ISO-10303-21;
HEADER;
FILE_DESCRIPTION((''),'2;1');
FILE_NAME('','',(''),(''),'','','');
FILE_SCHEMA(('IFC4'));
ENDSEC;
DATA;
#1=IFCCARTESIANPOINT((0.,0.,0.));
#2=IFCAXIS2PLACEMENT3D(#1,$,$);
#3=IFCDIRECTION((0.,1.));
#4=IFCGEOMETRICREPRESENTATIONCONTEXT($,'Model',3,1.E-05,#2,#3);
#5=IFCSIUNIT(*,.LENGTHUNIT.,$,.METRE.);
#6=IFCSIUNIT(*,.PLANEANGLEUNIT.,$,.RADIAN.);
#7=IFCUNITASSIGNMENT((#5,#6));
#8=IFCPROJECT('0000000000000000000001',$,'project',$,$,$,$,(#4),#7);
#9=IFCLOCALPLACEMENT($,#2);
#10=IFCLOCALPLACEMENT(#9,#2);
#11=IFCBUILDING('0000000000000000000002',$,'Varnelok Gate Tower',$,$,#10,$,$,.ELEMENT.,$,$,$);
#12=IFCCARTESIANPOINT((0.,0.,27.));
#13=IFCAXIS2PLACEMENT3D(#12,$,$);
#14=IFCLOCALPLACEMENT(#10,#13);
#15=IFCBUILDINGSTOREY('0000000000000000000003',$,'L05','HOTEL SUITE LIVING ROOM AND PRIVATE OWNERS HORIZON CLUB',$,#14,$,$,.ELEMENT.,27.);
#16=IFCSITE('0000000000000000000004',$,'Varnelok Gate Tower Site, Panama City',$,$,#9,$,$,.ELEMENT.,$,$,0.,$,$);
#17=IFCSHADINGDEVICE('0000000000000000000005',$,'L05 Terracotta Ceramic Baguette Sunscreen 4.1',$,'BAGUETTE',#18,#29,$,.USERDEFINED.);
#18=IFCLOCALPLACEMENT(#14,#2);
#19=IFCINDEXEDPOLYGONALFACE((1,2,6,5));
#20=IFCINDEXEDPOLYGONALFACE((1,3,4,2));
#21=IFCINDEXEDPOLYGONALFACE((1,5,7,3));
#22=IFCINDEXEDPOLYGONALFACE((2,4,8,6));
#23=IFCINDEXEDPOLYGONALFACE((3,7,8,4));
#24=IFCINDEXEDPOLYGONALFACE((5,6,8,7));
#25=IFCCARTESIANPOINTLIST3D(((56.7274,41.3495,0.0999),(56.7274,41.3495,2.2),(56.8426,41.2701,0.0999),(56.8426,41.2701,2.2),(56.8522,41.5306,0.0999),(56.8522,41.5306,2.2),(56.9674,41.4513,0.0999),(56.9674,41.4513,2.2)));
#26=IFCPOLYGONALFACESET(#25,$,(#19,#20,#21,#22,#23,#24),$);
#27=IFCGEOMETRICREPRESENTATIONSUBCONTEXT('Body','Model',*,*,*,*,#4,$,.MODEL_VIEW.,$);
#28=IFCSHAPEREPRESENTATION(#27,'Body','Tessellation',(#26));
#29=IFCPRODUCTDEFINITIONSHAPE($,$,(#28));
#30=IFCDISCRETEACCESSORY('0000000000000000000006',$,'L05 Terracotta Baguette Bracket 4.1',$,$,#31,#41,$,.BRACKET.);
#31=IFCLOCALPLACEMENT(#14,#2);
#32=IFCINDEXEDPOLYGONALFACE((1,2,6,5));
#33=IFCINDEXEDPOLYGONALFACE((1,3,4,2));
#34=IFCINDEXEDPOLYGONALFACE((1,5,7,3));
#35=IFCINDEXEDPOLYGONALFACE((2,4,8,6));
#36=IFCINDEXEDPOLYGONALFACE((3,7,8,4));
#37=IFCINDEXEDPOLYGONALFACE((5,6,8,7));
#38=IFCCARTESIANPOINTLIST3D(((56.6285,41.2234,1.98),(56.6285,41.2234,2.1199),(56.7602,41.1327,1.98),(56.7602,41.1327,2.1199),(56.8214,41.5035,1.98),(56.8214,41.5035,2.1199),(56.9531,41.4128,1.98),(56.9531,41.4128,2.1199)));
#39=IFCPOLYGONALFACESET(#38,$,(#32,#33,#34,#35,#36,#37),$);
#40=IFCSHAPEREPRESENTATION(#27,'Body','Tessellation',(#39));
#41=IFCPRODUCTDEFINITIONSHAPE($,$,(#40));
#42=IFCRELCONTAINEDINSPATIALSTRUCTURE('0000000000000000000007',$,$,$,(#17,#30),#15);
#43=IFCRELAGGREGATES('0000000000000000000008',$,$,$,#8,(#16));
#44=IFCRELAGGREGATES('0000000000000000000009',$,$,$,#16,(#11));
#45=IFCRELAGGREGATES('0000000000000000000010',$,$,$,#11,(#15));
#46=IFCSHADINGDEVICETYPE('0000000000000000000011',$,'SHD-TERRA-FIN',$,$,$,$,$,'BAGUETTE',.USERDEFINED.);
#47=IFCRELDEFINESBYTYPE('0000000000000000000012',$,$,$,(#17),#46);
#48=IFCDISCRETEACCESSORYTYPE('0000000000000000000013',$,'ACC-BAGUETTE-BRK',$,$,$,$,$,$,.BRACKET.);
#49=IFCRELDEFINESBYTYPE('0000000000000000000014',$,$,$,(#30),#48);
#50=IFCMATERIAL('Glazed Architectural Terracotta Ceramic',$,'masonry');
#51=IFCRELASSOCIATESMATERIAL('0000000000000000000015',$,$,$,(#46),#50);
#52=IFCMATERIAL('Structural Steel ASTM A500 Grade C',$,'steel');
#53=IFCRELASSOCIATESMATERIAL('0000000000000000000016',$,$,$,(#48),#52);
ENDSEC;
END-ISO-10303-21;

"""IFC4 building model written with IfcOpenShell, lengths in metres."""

from ifc_helpers import new_model, si_unit, direction, frame, origin, origin_2d, place, context, subcontext, project, spatial, rectangle, extrude, source, transform, mapped, material, type_object, element, save


model = new_model("IFC4")

# Units and contexts
model_context = context("Model", 3, precision=1e-05, world=origin(), true_north=direction((0.0, 1.0)))
body_context = subcontext(model_context, "Body", "Model", "MODEL_VIEW")
ifc_project = project(units=[si_unit("LENGTHUNIT", "METRE"), si_unit("PLANEANGLEUNIT", "RADIAN")], contexts=[model_context])

# Site, building, storey
site_placement = place(None, origin())
site = spatial("IfcSite", under=ifc_project, at=site_placement, Name="Varnelok Gate Tower Site, Panama City", CompositionType="ELEMENT", RefElevation=0.0)
building_placement = place(site_placement, origin())
building = spatial("IfcBuilding", under=site, at=building_placement, Name="Varnelok Gate Tower", CompositionType="ELEMENT")
storey_placement = place(building_placement, frame((0.0, 0.0, 27.0)))
storey = spatial("IfcBuildingStorey", under=building, at=storey_placement, Name="L05", Description="HOTEL SUITE LIVING ROOM AND PRIVATE OWNERS HORIZON CLUB", CompositionType="ELEMENT", Elevation=27.0)

# Shading device
ifc_material_1 = material(Name="Glazed Architectural Terracotta Ceramic", Category="masonry")
shading_device_type = type_object("IfcShadingDeviceType", Name="SHD-TERRA-FIN", ElementType="BAGUETTE", PredefinedType="USERDEFINED", material=ifc_material_1)
shared_shape_1 = source(origin(), body_context, "Body", "SweptSolid", [
    extrude(rectangle(XDim=0.1399, YDim=0.22, at=origin_2d()), origin(), (0.0, 0.0, 1.0), 2.1001),
])
shading_device_placement = place(storey_placement, frame((56.8474, 41.4004, 0.0999), z_axis=(0.0, 0.0, 1.0), x_axis=(0.823533, -0.567269, 0.0)))
element("IfcShadingDevice", 1, at=shading_device_placement, inside=storey, type_object=shading_device_type, Name="L05 Terracotta Ceramic Baguette Sunscreen 4.1", ObjectType="BAGUETTE", PredefinedType="USERDEFINED", context=body_context, shape_type="MappedRepresentation", body=[
    mapped(shared_shape_1, transform((0.0, 0.0, 0.0), scale=1.0)),
])

# Discrete accessory
ifc_material_2 = material(Name="Structural Steel ASTM A500 Grade C", Category="steel")
discrete_accessory_type = type_object("IfcDiscreteAccessoryType", Name="ACC-BAGUETTE-BRK", PredefinedType="BRACKET", material=ifc_material_2)
shared_shape_2 = source(origin(), body_context, "Body", "SweptSolid", [
    extrude(rectangle(XDim=0.1599, YDim=0.3401, at=origin_2d()), origin(), (0.0, 0.0, 1.0), 0.1399),
])
discrete_accessory_placement = place(storey_placement, frame((56.7908, 41.3181, 1.98), z_axis=(0.0, 0.0, 1.0), x_axis=(0.823533, -0.567269, 0.0)))
element("IfcDiscreteAccessory", 2, at=discrete_accessory_placement, inside=storey, type_object=discrete_accessory_type, Name="L05 Terracotta Baguette Bracket 4.1", PredefinedType="BRACKET", context=body_context, shape_type="MappedRepresentation", body=[
    mapped(shared_shape_2, transform((0.0, 0.0, 0.0), scale=1.0)),
])

save(model, "model.ifc")
